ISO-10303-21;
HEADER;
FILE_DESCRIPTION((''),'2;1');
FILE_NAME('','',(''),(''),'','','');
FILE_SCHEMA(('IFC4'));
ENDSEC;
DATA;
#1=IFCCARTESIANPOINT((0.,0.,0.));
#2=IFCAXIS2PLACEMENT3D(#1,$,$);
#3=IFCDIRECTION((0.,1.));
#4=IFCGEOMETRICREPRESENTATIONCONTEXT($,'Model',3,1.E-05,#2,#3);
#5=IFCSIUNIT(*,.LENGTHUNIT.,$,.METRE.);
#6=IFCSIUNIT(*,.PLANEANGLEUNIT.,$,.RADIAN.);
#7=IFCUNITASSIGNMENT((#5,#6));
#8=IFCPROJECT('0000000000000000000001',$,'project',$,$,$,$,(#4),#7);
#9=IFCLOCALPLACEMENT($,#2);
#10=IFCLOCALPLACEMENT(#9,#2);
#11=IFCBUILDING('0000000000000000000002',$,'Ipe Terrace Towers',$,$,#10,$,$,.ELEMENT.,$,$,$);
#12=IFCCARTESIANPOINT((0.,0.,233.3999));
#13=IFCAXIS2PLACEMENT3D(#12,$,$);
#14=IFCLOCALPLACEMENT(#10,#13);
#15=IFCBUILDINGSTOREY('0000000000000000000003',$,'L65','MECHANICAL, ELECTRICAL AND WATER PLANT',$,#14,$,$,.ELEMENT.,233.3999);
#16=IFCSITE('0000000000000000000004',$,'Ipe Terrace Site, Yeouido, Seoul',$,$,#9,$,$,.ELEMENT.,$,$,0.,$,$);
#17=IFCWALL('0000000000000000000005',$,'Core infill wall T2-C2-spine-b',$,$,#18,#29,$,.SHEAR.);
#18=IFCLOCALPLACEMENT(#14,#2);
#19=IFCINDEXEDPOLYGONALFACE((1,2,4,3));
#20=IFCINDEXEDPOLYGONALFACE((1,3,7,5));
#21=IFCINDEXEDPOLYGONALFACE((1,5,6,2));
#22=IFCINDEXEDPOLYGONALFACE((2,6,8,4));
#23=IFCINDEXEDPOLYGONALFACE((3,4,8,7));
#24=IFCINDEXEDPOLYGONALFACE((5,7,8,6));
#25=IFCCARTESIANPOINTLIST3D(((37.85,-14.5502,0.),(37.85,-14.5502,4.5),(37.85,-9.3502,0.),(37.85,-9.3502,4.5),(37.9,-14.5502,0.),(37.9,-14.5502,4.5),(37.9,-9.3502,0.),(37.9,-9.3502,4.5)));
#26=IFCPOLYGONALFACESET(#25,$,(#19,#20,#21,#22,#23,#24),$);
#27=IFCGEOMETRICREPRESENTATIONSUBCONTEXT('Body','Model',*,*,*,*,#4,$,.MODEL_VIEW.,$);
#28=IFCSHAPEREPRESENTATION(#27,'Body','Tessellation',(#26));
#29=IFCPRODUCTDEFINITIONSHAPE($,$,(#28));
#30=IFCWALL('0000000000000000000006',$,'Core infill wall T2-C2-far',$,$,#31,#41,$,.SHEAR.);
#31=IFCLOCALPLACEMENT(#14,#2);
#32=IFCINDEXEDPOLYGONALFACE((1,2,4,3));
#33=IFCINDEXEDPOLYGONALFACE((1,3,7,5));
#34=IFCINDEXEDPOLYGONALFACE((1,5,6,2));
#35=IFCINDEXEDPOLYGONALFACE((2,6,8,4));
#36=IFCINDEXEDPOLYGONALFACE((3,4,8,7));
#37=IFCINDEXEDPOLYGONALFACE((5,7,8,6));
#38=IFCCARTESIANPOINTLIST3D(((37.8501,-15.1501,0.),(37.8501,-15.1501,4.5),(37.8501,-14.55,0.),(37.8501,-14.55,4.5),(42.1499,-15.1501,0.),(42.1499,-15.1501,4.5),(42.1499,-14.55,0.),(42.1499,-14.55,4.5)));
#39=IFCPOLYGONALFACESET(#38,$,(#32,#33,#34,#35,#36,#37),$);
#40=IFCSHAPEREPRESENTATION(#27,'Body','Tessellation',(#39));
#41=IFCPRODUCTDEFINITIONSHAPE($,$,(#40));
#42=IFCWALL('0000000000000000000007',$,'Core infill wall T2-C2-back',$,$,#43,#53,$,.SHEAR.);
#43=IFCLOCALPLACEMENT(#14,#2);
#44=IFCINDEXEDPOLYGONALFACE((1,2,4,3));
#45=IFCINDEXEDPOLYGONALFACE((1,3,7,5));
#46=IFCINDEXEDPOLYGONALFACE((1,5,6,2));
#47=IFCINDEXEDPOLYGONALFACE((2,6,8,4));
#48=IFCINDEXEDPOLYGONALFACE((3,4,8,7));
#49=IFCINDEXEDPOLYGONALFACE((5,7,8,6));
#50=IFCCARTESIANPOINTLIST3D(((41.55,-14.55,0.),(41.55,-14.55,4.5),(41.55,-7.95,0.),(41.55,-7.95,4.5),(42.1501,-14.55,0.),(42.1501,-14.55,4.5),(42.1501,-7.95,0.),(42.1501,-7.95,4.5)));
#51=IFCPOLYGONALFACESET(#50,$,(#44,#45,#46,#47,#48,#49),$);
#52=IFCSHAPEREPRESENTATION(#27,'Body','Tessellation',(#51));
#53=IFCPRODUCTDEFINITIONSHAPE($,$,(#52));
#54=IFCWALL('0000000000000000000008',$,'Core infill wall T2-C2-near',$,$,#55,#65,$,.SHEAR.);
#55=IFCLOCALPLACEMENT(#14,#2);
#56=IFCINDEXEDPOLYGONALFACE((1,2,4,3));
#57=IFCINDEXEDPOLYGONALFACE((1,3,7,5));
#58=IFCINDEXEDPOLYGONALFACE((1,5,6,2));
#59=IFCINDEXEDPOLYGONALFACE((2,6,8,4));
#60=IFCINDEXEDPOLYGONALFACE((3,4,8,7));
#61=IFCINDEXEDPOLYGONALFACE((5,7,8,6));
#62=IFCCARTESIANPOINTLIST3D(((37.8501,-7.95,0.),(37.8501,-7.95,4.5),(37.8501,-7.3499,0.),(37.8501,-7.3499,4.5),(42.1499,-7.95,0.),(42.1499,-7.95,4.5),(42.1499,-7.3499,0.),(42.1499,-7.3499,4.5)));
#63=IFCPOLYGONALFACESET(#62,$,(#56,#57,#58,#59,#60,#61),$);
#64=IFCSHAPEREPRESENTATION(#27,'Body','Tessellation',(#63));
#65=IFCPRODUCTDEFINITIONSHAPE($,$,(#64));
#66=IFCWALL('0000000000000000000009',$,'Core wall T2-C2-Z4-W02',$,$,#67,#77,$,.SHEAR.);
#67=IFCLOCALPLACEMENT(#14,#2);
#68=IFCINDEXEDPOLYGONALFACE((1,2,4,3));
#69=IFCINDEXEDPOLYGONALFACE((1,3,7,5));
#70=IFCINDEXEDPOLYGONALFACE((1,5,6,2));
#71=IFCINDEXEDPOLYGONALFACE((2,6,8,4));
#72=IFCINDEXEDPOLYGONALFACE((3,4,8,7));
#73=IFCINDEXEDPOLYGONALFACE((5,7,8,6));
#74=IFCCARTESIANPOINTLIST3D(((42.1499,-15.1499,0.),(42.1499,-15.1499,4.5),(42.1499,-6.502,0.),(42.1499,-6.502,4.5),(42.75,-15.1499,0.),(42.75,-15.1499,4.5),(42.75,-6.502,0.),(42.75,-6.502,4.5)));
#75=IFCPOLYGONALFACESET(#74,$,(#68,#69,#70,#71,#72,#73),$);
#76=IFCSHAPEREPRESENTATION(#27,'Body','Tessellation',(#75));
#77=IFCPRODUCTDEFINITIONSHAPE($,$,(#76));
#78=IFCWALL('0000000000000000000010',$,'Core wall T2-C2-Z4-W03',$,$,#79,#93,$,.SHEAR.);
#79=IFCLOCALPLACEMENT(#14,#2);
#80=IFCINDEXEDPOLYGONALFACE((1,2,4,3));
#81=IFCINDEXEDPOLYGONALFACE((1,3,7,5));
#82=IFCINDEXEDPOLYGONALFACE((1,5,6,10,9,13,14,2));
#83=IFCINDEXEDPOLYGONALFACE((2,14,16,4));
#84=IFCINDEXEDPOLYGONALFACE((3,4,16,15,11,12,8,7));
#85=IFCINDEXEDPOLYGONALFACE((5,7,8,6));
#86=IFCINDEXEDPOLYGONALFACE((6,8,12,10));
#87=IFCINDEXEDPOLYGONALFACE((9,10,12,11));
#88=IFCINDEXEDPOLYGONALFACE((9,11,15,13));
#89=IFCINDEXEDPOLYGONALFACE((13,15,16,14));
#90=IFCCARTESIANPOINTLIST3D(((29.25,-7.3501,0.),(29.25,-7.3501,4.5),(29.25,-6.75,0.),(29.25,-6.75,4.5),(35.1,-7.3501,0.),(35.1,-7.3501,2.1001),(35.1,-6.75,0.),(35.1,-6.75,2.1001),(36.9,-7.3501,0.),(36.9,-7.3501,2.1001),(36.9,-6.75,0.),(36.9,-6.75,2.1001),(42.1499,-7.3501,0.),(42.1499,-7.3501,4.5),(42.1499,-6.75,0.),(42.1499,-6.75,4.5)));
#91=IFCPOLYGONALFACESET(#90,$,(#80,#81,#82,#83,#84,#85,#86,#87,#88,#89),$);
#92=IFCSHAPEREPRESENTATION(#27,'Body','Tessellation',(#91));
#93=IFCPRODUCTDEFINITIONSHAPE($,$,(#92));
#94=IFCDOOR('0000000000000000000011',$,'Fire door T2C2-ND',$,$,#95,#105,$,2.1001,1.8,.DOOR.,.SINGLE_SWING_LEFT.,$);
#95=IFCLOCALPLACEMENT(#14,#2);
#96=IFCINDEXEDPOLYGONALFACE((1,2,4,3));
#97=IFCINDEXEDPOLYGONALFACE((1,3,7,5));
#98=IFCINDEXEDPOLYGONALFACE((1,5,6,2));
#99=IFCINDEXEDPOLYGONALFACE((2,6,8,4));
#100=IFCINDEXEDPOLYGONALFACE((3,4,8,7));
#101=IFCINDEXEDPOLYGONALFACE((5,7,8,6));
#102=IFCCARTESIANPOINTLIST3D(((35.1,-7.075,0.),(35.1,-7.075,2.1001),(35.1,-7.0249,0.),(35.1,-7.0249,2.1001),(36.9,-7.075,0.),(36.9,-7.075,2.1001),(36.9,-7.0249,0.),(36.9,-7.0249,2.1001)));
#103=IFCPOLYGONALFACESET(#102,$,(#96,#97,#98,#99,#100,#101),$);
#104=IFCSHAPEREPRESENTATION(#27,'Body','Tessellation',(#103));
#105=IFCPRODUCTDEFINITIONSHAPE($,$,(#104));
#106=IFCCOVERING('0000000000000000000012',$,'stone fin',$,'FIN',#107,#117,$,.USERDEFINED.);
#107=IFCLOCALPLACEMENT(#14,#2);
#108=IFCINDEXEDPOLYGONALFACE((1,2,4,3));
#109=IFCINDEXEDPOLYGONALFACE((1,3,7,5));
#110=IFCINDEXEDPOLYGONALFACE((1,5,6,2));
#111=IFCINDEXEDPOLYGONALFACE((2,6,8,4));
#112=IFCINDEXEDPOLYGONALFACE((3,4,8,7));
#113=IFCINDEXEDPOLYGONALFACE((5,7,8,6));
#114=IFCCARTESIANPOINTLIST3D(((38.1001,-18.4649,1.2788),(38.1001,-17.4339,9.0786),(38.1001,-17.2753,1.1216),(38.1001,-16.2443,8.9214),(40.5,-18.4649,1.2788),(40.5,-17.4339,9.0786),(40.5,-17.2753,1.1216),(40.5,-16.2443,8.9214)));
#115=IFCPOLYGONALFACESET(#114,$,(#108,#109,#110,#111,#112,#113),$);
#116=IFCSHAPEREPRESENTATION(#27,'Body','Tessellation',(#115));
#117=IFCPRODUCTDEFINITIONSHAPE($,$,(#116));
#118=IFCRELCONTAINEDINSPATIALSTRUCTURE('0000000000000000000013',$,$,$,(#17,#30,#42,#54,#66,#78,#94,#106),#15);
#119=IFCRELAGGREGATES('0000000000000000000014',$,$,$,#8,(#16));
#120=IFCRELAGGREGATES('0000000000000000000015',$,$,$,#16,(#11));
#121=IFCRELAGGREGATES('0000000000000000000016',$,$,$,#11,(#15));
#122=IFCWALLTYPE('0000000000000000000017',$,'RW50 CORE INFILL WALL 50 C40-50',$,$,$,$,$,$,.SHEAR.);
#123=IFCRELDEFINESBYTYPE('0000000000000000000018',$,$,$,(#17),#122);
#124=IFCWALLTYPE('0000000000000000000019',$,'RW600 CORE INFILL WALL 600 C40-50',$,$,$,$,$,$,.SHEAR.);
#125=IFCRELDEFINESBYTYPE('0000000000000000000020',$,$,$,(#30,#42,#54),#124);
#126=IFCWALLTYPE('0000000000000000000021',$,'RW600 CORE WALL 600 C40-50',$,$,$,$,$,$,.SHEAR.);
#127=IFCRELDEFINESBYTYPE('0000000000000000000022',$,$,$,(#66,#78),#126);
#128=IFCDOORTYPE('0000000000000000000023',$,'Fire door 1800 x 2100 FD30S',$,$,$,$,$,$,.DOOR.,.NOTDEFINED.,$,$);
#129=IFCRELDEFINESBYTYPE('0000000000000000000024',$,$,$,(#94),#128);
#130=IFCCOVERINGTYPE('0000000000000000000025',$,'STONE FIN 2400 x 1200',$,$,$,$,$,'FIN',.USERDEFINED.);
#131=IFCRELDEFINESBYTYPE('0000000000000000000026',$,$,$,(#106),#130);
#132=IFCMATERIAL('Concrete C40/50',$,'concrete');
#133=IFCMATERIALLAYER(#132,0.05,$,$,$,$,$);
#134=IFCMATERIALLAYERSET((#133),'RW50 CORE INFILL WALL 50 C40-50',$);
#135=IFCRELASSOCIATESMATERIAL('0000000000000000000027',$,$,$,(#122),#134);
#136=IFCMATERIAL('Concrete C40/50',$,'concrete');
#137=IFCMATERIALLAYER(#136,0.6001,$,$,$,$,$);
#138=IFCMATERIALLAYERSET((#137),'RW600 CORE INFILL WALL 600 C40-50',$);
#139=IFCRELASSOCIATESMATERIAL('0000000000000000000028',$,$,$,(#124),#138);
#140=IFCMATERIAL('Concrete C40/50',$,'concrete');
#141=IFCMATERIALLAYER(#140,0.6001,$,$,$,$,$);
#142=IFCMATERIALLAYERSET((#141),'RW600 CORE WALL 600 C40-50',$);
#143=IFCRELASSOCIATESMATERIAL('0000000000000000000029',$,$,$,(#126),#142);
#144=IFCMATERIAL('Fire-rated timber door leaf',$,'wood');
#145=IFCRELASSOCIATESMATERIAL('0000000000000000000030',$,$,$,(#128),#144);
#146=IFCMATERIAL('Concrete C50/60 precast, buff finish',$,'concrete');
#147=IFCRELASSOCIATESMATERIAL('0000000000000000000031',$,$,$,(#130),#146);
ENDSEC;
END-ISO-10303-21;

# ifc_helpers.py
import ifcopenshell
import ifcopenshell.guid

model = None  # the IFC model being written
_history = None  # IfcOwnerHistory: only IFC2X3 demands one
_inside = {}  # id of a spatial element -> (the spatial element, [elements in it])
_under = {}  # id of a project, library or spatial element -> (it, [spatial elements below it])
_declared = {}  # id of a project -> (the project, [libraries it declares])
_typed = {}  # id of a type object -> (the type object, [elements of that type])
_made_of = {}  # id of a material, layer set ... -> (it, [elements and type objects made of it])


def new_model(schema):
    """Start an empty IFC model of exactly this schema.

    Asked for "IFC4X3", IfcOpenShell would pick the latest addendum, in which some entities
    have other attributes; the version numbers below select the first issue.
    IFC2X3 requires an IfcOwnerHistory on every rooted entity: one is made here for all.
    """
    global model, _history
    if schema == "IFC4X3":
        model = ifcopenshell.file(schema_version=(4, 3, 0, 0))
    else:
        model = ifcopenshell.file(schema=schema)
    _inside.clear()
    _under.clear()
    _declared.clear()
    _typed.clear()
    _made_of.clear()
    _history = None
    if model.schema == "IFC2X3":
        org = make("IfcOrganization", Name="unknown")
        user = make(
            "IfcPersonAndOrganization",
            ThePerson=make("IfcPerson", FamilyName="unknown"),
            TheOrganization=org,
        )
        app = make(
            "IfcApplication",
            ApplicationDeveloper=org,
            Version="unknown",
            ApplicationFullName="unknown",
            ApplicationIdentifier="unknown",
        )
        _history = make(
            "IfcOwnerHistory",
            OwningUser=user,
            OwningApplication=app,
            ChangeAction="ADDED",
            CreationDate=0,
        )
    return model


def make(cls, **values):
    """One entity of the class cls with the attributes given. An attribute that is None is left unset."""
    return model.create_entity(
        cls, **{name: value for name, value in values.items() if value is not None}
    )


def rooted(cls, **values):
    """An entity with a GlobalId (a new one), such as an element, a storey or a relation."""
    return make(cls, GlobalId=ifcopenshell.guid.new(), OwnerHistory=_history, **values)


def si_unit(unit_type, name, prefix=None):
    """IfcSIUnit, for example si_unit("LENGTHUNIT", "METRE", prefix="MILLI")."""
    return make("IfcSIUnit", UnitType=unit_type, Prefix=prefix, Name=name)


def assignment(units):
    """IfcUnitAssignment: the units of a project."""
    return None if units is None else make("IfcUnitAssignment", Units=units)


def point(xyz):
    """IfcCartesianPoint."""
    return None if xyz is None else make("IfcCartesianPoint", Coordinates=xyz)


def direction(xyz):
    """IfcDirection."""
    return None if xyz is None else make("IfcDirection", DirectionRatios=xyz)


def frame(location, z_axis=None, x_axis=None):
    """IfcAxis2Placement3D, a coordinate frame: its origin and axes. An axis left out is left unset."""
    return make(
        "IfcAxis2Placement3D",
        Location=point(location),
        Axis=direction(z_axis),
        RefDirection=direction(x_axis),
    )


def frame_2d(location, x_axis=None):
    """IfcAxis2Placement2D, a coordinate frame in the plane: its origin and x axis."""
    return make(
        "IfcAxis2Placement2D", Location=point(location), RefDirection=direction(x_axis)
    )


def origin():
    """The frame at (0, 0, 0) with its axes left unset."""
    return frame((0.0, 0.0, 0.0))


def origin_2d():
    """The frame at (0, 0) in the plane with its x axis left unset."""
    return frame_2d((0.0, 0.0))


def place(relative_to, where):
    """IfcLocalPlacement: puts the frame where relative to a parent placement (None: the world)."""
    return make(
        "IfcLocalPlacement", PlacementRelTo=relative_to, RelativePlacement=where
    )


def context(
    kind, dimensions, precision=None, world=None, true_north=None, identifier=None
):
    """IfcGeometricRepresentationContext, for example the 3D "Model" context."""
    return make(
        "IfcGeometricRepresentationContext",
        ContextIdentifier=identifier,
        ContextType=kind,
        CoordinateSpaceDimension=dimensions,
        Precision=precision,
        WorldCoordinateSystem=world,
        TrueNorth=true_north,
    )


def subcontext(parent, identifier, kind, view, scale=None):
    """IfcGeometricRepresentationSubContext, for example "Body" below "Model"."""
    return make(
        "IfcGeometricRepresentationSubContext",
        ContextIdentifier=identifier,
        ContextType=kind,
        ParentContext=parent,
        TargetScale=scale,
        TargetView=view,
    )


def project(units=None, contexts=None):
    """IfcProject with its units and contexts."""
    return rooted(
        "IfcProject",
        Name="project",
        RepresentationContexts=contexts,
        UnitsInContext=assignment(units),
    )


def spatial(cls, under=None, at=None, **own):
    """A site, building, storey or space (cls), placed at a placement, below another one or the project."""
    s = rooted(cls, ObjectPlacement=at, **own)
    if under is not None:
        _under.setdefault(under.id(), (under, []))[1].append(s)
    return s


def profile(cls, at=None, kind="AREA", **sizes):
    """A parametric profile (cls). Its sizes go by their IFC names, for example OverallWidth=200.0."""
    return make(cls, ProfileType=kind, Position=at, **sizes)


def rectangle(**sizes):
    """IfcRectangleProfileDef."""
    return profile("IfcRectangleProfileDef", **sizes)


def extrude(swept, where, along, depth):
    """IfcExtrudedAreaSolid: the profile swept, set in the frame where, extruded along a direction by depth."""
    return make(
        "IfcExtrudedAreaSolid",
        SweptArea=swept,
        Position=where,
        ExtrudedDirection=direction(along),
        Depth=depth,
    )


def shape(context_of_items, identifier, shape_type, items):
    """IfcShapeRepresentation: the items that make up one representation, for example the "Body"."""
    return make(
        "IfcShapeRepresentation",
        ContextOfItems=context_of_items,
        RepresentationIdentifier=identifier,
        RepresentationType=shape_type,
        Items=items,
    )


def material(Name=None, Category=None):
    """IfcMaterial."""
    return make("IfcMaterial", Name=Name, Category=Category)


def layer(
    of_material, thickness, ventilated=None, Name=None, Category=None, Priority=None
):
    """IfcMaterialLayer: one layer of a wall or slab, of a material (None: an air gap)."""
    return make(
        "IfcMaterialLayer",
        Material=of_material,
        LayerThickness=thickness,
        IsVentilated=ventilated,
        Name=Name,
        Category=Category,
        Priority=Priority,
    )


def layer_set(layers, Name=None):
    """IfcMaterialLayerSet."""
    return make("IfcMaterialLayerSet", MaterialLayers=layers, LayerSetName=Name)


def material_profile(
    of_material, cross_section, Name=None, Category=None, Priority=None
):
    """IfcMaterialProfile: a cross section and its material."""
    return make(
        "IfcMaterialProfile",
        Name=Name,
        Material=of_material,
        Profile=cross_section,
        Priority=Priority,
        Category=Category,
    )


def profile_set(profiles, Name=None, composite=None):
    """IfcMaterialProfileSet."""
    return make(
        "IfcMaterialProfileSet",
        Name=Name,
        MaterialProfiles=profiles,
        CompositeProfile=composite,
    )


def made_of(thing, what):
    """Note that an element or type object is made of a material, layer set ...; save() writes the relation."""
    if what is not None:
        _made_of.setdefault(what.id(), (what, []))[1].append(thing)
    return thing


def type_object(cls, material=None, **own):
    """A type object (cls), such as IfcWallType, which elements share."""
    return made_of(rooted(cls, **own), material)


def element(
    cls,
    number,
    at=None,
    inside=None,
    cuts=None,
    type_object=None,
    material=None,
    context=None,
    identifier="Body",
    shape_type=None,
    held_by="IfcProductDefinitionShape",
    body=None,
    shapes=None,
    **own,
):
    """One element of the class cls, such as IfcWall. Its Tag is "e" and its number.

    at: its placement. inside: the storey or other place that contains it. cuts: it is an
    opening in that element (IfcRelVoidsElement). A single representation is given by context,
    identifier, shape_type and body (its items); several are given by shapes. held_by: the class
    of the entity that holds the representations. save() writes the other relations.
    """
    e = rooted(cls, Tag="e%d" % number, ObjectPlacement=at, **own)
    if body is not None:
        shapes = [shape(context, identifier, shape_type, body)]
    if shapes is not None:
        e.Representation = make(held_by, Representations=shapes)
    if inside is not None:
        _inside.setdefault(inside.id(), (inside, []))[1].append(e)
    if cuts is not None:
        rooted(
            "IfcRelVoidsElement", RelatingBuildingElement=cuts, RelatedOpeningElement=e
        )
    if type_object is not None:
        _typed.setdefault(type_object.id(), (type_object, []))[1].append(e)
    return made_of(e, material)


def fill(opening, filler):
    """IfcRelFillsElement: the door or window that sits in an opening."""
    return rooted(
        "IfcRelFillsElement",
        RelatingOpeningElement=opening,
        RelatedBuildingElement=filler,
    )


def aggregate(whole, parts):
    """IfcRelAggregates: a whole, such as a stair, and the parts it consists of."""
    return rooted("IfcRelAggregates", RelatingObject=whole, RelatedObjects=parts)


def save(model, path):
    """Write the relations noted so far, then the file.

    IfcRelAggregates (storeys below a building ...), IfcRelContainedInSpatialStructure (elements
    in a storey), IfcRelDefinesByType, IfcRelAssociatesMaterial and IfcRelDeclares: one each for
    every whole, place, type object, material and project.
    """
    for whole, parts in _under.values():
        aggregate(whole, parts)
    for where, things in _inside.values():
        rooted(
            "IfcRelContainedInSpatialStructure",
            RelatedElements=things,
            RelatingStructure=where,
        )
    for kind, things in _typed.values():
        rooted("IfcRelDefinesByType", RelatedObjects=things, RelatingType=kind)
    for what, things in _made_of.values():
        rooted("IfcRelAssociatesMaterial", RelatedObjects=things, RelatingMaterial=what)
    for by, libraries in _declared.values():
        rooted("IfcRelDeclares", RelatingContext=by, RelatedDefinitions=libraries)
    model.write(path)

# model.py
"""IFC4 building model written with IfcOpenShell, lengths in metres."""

from ifc_helpers import new_model, si_unit, direction, frame, frame_2d, origin, origin_2d, place, context, subcontext, project, spatial, rectangle, extrude, material, layer, layer_set, material_profile, profile_set, type_object, element, fill, save


model = new_model("IFC4")

# Units and contexts
model_context = context("Model", 3, precision=1e-05, world=origin(), true_north=direction((0.0, 1.0)))
body_context = subcontext(model_context, "Body", "Model", "MODEL_VIEW")
ifc_project = project(units=[si_unit("LENGTHUNIT", "METRE"), si_unit("PLANEANGLEUNIT", "RADIAN")], contexts=[model_context])

# Site, building, storey
site_placement = place(None, origin())
site = spatial("IfcSite", under=ifc_project, at=site_placement, Name="Ipe Terrace Site, Yeouido, Seoul", CompositionType="ELEMENT", RefElevation=0.0)
building_placement = place(site_placement, origin())
building = spatial("IfcBuilding", under=site, at=building_placement, Name="Ipe Terrace Towers", CompositionType="ELEMENT")
storey_placement = place(building_placement, frame((0.0, 0.0, 233.3999)))
storey = spatial("IfcBuildingStorey", under=building, at=storey_placement, Name="L65", Description="MECHANICAL, ELECTRICAL AND WATER PLANT", CompositionType="ELEMENT", Elevation=233.3999)

# Walls
ifc_material_1 = material(Name="Concrete C40/50", Category="concrete")
ifc_layer_1 = layer(ifc_material_1, 0.05)
ifc_layer_set_1 = layer_set([ifc_layer_1], Name="RW50 CORE INFILL WALL 50 C40-50")
wall_type_1 = type_object("IfcWallType", Name="RW50 CORE INFILL WALL 50 C40-50", PredefinedType="SHEAR", material=ifc_layer_set_1)
wall_1_placement = place(storey_placement, frame((37.875, -9.3501, 0.0), z_axis=(0.0, 0.0, 1.0), x_axis=(0.0, -1.0, 0.0)))
element("IfcWall", 1, at=wall_1_placement, inside=storey, type_object=wall_type_1, Name="Core infill wall T2-C2-spine-b", PredefinedType="SHEAR", context=body_context, shape_type="SweptSolid", body=[
    extrude(rectangle(XDim=5.2, YDim=0.05, at=frame_2d((2.6001, 0.0))), origin(), (0.0, 0.0, 1.0), 4.5),
])
ifc_material_2 = material(Name="Concrete C40/50", Category="concrete")
ifc_layer_2 = layer(ifc_material_2, 0.6001)
ifc_layer_set_2 = layer_set([ifc_layer_2], Name="RW600 CORE INFILL WALL 600 C40-50")
wall_type_2 = type_object("IfcWallType", Name="RW600 CORE INFILL WALL 600 C40-50", PredefinedType="SHEAR", material=ifc_layer_set_2)
wall_2_placement = place(storey_placement, frame((37.8501, -14.8501, 0.0), z_axis=(0.0, 0.0, 1.0), x_axis=(1.0, 0.0, 0.0)))
element("IfcWall", 2, at=wall_2_placement, inside=storey, type_object=wall_type_2, Name="Core infill wall T2-C2-far", PredefinedType="SHEAR", context=body_context, shape_type="SweptSolid", body=[
    extrude(rectangle(XDim=4.2998, YDim=0.6001, at=frame_2d((2.1499, 0.0))), origin(), (0.0, 0.0, 1.0), 4.5),
])
wall_3_placement = place(storey_placement, frame((41.8501, -7.95, 0.0), z_axis=(0.0, 0.0, 1.0), x_axis=(0.0, -1.0, 0.0)))
element("IfcWall", 3, at=wall_3_placement, inside=storey, type_object=wall_type_2, Name="Core infill wall T2-C2-back", PredefinedType="SHEAR", context=body_context, shape_type="SweptSolid", body=[
    extrude(rectangle(XDim=6.6001, YDim=0.6001, at=frame_2d((3.3, 0.0))), origin(), (0.0, 0.0, 1.0), 4.5),
])
wall_4_placement = place(storey_placement, frame((37.8501, -7.6499, 0.0), z_axis=(0.0, 0.0, 1.0), x_axis=(1.0, 0.0, 0.0)))
element("IfcWall", 4, at=wall_4_placement, inside=storey, type_object=wall_type_2, Name="Core infill wall T2-C2-near", PredefinedType="SHEAR", context=body_context, shape_type="SweptSolid", body=[
    extrude(rectangle(XDim=4.2998, YDim=0.6001, at=frame_2d((2.1499, 0.0))), origin(), (0.0, 0.0, 1.0), 4.5),
])
ifc_material_3 = material(Name="Concrete C40/50", Category="concrete")
ifc_layer_3 = layer(ifc_material_3, 0.6001)
ifc_layer_set_3 = layer_set([ifc_layer_3], Name="RW600 CORE WALL 600 C40-50")
wall_type_3 = type_object("IfcWallType", Name="RW600 CORE WALL 600 C40-50", PredefinedType="SHEAR", material=ifc_layer_set_3)
wall_5_placement = place(storey_placement, frame((42.45, -15.1499, 0.0), z_axis=(0.0, 0.0, 1.0), x_axis=(0.0, 1.0, 0.0)))
element("IfcWall", 5, at=wall_5_placement, inside=storey, type_object=wall_type_3, Name="Core wall T2-C2-Z4-W02", PredefinedType="SHEAR", context=body_context, shape_type="SweptSolid", body=[
    extrude(rectangle(XDim=8.6479, YDim=0.6001, at=frame_2d((4.324, 0.0))), origin(), (0.0, 0.0, 1.0), 4.5),
])

# Wall, opening, door
wall_6_placement = place(storey_placement, frame((42.1499, -7.05, 0.0), z_axis=(0.0, 0.0, 1.0), x_axis=(-1.0, 0.0, 0.0)))
wall_6 = element("IfcWall", 6, at=wall_6_placement, inside=storey, type_object=wall_type_3, Name="Core wall T2-C2-Z4-W03", PredefinedType="SHEAR", context=body_context, shape_type="SweptSolid", body=[
    extrude(rectangle(XDim=12.8999, YDim=0.6001, at=frame_2d((6.45, 0.0))), origin(), (0.0, 0.0, 1.0), 4.5),
])
opening_1_placement = place(wall_6_placement, frame((5.25, 0.0, 0.0)))
opening_1 = element("IfcOpeningElement", 7, at=opening_1_placement, cuts=wall_6, PredefinedType="OPENING", context=body_context, shape_type="SweptSolid", body=[
    extrude(rectangle(XDim=1.8, YDim=2.1001, at=frame_2d((0.8999, 1.05))), frame((0.0, 0.3101, 0.0), z_axis=(0.0, -1.0, 0.0), x_axis=(1.0, 0.0, 0.0)), (0.0, 0.0, 1.0), 0.6201),
])
ifc_material_4 = material(Name="Fire-rated timber door leaf", Category="wood")
door_type_1 = type_object("IfcDoorType", Name="Fire door 1800 x 2100 FD30S", OperationType="NOTDEFINED", PredefinedType="DOOR", material=ifc_material_4)
door_1_placement = place(opening_1_placement, origin())
door_1 = element("IfcDoor", 8, at=door_1_placement, inside=storey, type_object=door_type_1, Name="Fire door T2C2-ND", OperationType="SINGLE_SWING_LEFT", OverallHeight=2.1001, OverallWidth=1.8, PredefinedType="DOOR", context=body_context, shape_type="SweptSolid", body=[
    extrude(rectangle(XDim=1.8, YDim=2.1001, at=frame_2d((0.8999, 1.05))), frame((0.0, 0.0249, 0.0), z_axis=(0.0, -1.0, 0.0), x_axis=(1.0, 0.0, 0.0)), (0.0, 0.0, 1.0), 0.05),
])
fill(opening_1, door_1)

# Covering
ifc_material_5 = material(Name="Concrete C50/60 precast, buff finish", Category="concrete")
ifc_material_profile_1 = material_profile(ifc_material_5, rectangle(XDim=2.3999, YDim=1.2, at=origin_2d()), Name="STONE FIN 2400 x 1200")
ifc_profile_set_1 = profile_set([ifc_material_profile_1], Name="Concrete C50/60 precast, buff finish")
covering_type = type_object("IfcCoveringType", Name="STONE FIN 2400 x 1200", ElementType="FIN", PredefinedType="USERDEFINED", material=ifc_profile_set_1)
covering_placement = place(storey_placement, frame((39.3, -17.8701, 1.2002), z_axis=(0.0, 0.131044, 0.991377), x_axis=(1.0, 0.0, 0.0)))
element("IfcCovering", 9, at=covering_placement, inside=storey, type_object=covering_type, Name="stone fin", ObjectType="FIN", PredefinedType="USERDEFINED", context=body_context, shape_type="SweptSolid", body=[
    extrude(rectangle(XDim=2.3999, YDim=1.2, at=origin_2d()), origin(), (0.0, 0.0, 1.0), 7.8677),
])

save(model, "model.ifc")
